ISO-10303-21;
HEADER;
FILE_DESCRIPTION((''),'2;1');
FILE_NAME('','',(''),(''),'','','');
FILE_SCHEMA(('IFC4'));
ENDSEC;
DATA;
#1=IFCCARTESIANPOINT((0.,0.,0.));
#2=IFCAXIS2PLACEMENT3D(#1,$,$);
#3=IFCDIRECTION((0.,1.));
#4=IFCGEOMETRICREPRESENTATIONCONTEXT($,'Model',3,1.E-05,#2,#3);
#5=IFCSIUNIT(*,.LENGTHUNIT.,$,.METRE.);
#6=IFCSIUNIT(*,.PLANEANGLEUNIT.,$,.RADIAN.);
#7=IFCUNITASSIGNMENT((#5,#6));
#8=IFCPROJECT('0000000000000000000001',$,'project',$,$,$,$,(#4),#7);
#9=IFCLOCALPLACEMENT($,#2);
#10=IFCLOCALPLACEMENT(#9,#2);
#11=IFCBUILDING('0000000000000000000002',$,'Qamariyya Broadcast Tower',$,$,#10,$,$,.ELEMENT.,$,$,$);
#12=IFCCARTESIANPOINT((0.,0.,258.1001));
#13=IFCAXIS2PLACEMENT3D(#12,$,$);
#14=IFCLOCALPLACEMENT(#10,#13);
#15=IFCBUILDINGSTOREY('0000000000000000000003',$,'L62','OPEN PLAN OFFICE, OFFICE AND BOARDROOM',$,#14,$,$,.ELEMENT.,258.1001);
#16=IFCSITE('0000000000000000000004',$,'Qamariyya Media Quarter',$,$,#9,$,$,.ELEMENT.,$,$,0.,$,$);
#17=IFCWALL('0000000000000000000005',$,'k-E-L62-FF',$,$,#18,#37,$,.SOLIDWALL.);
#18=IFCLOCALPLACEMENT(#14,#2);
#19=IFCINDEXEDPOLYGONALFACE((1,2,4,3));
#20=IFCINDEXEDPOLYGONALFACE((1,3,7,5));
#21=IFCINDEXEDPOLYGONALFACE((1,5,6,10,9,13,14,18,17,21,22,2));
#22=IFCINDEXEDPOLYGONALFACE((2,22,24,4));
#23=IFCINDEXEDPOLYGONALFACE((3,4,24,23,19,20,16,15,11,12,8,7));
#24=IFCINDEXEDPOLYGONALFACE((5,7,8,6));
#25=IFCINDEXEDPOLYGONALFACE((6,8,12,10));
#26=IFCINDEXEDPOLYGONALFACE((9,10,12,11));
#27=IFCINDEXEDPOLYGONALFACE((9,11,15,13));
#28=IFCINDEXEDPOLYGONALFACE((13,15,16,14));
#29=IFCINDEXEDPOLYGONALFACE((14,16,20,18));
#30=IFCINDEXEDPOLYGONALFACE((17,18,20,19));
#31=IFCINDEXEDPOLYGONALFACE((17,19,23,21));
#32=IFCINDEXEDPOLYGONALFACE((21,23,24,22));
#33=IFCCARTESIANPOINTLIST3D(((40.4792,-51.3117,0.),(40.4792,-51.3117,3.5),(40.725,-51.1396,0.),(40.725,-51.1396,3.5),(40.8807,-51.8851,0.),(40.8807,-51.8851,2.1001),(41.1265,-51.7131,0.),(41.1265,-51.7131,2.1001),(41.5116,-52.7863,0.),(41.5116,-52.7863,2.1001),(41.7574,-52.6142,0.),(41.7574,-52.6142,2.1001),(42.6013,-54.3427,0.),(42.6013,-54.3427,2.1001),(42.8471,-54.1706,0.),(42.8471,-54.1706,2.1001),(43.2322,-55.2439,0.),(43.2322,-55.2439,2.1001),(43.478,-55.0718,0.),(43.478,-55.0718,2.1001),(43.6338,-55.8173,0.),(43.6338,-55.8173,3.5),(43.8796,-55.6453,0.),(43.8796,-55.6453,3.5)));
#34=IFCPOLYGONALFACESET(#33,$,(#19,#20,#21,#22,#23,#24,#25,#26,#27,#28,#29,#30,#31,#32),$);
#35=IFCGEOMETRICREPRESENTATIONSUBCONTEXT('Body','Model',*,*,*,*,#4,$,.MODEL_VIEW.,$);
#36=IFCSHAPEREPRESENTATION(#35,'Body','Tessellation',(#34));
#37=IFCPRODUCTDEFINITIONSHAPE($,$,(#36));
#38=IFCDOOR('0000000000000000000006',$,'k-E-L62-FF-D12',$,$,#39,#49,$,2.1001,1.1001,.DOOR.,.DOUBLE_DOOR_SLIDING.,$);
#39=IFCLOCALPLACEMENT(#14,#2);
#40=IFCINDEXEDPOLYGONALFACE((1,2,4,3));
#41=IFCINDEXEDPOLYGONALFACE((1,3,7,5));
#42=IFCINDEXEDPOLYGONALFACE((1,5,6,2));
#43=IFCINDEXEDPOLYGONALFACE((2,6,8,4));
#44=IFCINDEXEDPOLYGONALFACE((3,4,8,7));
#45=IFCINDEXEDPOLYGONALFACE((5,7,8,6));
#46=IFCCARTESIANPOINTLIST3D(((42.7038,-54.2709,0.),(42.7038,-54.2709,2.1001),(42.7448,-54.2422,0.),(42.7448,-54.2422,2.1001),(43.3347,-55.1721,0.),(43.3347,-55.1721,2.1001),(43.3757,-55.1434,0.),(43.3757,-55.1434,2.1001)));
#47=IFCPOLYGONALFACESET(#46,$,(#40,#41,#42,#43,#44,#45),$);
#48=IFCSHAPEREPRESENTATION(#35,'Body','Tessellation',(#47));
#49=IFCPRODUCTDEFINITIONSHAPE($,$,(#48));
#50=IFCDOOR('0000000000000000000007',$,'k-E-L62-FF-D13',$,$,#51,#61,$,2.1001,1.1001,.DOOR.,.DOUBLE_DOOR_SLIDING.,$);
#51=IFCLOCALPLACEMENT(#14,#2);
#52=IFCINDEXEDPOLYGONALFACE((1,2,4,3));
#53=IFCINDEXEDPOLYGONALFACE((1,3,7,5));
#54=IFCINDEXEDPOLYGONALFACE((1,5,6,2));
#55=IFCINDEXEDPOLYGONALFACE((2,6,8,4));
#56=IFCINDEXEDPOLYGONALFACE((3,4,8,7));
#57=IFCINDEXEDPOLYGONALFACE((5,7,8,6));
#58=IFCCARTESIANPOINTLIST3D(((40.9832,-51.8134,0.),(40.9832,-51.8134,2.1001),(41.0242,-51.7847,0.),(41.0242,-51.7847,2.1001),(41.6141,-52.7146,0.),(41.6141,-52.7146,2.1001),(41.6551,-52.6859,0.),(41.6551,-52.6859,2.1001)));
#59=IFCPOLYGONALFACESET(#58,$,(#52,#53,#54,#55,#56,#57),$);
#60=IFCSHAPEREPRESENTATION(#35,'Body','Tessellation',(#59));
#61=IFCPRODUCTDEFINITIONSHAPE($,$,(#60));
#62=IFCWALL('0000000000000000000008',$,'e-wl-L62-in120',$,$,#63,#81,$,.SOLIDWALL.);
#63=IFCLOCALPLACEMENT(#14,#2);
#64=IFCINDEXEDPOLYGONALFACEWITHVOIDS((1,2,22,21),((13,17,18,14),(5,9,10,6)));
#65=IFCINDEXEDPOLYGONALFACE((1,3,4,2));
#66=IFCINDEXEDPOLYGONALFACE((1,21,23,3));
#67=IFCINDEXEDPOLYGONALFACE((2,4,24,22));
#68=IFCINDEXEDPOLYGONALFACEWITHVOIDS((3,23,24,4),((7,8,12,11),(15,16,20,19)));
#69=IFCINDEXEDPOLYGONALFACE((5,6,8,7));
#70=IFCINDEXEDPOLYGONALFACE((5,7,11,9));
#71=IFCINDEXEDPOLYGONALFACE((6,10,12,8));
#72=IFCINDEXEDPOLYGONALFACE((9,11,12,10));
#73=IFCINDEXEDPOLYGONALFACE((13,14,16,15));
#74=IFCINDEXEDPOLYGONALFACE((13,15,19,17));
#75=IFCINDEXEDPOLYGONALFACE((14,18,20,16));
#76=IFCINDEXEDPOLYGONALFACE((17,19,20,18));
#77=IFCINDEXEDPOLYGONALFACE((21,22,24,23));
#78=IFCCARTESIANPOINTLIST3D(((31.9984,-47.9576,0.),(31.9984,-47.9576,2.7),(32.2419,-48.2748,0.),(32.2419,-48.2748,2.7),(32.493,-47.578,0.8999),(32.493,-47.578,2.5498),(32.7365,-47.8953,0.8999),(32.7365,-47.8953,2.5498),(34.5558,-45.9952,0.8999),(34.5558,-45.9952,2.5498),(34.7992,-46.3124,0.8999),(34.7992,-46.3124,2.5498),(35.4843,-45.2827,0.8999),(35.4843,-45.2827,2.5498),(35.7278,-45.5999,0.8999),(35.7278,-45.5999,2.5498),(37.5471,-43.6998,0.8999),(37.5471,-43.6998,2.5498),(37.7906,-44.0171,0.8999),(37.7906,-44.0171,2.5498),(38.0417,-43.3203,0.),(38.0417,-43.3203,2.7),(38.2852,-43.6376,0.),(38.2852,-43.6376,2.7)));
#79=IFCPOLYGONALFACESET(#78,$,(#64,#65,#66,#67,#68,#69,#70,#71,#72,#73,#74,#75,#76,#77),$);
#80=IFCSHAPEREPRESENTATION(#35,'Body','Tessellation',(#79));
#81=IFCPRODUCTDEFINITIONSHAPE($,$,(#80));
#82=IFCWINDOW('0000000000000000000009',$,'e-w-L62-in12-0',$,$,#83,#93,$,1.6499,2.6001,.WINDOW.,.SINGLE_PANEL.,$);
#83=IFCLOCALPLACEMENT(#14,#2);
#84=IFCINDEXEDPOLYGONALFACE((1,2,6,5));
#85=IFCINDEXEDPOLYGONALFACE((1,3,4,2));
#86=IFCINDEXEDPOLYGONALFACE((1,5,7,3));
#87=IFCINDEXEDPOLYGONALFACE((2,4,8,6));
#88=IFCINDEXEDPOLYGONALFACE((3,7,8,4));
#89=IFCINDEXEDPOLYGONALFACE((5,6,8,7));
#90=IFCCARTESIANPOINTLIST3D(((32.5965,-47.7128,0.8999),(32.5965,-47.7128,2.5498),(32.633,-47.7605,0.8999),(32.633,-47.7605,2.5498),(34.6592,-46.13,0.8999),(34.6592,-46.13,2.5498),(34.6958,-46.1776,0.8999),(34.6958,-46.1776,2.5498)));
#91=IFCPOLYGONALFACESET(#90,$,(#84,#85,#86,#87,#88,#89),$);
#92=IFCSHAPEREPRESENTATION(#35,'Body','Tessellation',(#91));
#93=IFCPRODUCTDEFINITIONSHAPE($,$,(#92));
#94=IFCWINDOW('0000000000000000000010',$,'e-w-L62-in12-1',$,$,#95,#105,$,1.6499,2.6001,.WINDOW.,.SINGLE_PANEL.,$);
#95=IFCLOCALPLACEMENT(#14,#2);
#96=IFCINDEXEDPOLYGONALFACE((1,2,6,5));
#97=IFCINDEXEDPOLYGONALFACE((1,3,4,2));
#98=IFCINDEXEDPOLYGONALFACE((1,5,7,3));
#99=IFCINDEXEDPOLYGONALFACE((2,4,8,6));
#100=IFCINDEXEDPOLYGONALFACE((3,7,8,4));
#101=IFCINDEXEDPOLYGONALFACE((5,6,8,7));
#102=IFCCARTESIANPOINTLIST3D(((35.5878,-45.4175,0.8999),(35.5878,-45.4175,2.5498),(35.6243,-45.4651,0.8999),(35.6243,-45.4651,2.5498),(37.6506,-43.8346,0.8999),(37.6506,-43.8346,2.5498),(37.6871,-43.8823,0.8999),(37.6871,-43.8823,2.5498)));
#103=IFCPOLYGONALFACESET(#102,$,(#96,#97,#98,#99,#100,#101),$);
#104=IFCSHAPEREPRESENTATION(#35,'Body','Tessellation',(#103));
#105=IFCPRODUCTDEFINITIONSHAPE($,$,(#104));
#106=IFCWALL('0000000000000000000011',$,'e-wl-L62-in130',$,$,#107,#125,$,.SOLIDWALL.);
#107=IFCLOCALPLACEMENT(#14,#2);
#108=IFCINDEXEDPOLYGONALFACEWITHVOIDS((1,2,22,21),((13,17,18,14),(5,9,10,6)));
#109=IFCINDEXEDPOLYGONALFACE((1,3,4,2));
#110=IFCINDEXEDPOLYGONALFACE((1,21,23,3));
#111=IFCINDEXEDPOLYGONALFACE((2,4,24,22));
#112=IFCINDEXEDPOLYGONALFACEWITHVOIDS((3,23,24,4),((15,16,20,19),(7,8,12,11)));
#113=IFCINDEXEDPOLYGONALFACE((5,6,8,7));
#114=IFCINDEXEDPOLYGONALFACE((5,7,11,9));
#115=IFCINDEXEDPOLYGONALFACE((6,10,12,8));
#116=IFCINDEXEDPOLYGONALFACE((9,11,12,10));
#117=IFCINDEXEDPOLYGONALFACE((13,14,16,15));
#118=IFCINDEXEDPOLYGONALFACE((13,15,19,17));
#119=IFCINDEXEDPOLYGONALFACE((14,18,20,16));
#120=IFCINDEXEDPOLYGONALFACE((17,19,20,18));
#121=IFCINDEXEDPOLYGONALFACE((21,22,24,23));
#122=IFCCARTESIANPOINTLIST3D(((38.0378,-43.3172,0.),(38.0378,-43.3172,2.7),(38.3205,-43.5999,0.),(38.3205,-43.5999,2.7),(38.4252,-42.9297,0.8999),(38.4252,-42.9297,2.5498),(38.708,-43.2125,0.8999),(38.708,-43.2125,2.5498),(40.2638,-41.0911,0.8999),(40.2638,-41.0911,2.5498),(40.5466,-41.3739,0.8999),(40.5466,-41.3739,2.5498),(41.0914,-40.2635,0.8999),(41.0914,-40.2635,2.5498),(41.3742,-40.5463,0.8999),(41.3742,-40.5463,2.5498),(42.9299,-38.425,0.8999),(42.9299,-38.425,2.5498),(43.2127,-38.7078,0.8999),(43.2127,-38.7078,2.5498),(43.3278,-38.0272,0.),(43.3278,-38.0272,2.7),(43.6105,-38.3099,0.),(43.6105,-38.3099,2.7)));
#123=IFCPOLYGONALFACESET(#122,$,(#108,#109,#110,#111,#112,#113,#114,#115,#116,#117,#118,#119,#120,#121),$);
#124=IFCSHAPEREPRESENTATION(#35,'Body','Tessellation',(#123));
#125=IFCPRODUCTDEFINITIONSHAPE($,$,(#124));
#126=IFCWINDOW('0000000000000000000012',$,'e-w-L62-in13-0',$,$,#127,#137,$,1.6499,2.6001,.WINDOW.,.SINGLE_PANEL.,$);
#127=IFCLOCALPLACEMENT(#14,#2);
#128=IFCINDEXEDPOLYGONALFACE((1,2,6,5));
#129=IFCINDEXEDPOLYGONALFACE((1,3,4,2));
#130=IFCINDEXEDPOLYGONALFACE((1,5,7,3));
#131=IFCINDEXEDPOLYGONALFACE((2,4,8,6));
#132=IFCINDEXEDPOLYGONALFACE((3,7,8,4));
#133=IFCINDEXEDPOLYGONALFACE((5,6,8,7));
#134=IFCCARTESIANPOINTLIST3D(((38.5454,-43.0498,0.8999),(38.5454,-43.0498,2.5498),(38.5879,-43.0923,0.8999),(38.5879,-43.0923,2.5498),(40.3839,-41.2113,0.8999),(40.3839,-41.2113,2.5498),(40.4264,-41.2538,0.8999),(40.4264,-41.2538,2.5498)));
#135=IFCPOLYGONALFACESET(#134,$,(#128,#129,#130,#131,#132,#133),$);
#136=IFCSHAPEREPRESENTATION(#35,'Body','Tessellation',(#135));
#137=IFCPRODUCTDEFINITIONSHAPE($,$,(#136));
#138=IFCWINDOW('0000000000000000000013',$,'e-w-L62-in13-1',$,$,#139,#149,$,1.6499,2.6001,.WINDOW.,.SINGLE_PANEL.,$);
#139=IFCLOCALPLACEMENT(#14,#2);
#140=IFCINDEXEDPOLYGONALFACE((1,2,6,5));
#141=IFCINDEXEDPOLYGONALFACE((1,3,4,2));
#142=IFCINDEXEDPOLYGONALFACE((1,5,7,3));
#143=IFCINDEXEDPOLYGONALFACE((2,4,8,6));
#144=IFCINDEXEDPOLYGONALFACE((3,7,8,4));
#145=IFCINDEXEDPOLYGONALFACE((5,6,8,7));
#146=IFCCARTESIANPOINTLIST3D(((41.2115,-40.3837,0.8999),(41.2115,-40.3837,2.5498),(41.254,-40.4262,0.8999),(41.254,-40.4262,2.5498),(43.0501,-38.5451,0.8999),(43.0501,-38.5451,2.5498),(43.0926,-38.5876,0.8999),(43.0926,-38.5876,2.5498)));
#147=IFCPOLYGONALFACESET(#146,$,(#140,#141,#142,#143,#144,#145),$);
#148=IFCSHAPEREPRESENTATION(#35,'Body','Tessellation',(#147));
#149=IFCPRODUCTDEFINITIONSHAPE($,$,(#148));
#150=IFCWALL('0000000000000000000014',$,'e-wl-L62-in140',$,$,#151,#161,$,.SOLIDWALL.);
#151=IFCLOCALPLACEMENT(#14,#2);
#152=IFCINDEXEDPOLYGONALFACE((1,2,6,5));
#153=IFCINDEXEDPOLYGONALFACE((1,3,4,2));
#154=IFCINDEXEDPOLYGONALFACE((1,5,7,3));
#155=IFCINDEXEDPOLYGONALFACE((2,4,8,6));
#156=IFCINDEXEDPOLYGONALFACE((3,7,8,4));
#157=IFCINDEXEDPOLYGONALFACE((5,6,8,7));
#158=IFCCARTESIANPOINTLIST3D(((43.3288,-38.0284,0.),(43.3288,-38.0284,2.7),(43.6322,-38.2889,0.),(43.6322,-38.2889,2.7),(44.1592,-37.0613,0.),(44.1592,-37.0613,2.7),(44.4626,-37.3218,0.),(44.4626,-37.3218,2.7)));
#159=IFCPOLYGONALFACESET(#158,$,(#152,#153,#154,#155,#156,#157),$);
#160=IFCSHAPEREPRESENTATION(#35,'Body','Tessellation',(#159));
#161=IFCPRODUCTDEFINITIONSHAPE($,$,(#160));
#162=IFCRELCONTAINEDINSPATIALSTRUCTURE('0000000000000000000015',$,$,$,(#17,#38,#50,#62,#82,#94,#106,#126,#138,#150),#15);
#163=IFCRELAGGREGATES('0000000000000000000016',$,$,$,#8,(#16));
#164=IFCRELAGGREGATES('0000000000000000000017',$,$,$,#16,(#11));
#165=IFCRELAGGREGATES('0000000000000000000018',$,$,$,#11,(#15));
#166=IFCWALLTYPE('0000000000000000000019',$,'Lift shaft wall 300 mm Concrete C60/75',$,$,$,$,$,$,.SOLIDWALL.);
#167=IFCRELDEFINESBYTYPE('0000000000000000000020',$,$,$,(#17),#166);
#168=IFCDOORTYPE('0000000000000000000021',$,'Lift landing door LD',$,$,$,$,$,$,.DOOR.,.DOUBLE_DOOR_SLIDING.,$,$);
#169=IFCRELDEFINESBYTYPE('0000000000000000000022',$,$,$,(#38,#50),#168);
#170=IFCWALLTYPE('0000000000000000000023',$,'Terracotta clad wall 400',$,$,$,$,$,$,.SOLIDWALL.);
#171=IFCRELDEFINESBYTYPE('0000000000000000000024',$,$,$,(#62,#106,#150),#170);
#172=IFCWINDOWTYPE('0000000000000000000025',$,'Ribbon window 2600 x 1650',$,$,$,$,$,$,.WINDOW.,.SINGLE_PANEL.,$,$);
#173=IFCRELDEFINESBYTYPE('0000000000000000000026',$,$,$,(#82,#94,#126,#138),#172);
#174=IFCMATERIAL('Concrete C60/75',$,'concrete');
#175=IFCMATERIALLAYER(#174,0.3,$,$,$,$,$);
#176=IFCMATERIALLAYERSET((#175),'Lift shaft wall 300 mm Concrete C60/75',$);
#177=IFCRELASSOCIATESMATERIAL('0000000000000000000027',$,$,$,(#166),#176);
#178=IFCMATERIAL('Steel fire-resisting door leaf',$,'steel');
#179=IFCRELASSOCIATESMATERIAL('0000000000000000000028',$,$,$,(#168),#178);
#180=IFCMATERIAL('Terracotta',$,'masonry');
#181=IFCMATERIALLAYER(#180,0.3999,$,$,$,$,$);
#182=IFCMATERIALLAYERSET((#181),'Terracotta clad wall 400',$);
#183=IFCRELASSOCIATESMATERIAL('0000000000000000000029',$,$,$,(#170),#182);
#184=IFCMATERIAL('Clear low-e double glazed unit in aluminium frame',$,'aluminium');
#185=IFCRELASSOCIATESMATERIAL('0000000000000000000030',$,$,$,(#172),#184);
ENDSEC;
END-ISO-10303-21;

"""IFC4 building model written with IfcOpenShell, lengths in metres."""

from ifc_helpers import new_model, si_unit, direction, frame, frame_2d, origin, place, context, subcontext, project, spatial, rectangle, extrude, material, layer, layer_set, type_object, element, fill, save


model = new_model("IFC4")

# Units and contexts
model_context = context("Model", 3, precision=1e-05, world=origin(), true_north=direction((0.0, 1.0)))
body_context = subcontext(model_context, "Body", "Model", "MODEL_VIEW")
ifc_project = project(units=[si_unit("LENGTHUNIT", "METRE"), si_unit("PLANEANGLEUNIT", "RADIAN")], contexts=[model_context])

# Site, building, storey
site_placement = place(None, origin())
site = spatial("IfcSite", under=ifc_project, at=site_placement, Name="Qamariyya Media Quarter", CompositionType="ELEMENT", RefElevation=0.0)
building_placement = place(site_placement, origin())
building = spatial("IfcBuilding", under=site, at=building_placement, Name="Qamariyya Broadcast Tower", CompositionType="ELEMENT")
storey_placement = place(building_placement, frame((0.0, 0.0, 258.1001)))
storey = spatial("IfcBuildingStorey", under=building, at=storey_placement, Name="L62", Description="OPEN PLAN OFFICE, OFFICE AND BOARDROOM", CompositionType="ELEMENT", Elevation=258.1001)

# Shared definitions
ifc_material_1 = material(Name="Concrete C60/75", Category="concrete")

# Shared definitions
ifc_layer_1 = layer(ifc_material_1, 0.3)
ifc_layer_set_1 = layer_set([ifc_layer_1], Name="Lift shaft wall 300 mm Concrete C60/75")
wall_type_1 = type_object("IfcWallType", Name="Lift shaft wall 300 mm Concrete C60/75", PredefinedType="SOLIDWALL", material=ifc_layer_set_1)
ifc_material_2 = material(Name="Steel fire-resisting door leaf", Category="steel")

# Wall, openings, doors
wall_1_placement = place(storey_placement, frame((43.7566, -55.7312, 0.0), z_axis=(0.0, 0.0, 1.0), x_axis=(-0.573537, 0.81918, 0.0)))
wall_1 = element("IfcWall", 1, at=wall_1_placement, inside=storey, type_object=wall_type_1, Name="k-E-L62-FF", PredefinedType="SOLIDWALL", context=body_context, shape_type="SweptSolid", body=[
    extrude(rectangle(XDim=5.5002, YDim=0.3, at=frame_2d((2.75, 0.0))), origin(), (0.0, 0.0, 1.0), 3.5),
])
opening_1_placement = place(wall_1_placement, frame((0.7, 0.0, 0.0)))
opening_1 = element("IfcOpeningElement", 2, at=opening_1_placement, cuts=wall_1, PredefinedType="OPENING", context=body_context, shape_type="SweptSolid", body=[
    extrude(rectangle(XDim=1.1001, YDim=2.1001, at=frame_2d((0.55, 1.05))), frame((0.0, 0.1599, 0.0), z_axis=(0.0, -1.0, 0.0), x_axis=(1.0, 0.0, 0.0)), (0.0, 0.0, 1.0), 0.3201),
])
opening_2_placement = place(wall_1_placement, frame((3.7, 0.0, 0.0)))
opening_2 = element("IfcOpeningElement", 3, at=opening_2_placement, cuts=wall_1, PredefinedType="OPENING", context=body_context, shape_type="SweptSolid", body=[
    extrude(rectangle(XDim=1.1001, YDim=2.1001, at=frame_2d((0.55, 1.05))), frame((0.0, 0.1599, 0.0), z_axis=(0.0, -1.0, 0.0), x_axis=(1.0, 0.0, 0.0)), (0.0, 0.0, 1.0), 0.3201),
])
door_type_1 = type_object("IfcDoorType", Name="Lift landing door LD", OperationType="DOUBLE_DOOR_SLIDING", PredefinedType="DOOR", material=ifc_material_2)
door_1_placement = place(opening_1_placement, origin())
door_1 = element("IfcDoor", 4, at=door_1_placement, inside=storey, type_object=door_type_1, Name="k-E-L62-FF-D12", OperationType="DOUBLE_DOOR_SLIDING", OverallHeight=2.1001, OverallWidth=1.1001, PredefinedType="DOOR", context=body_context, shape_type="SweptSolid", body=[
    extrude(rectangle(XDim=1.1001, YDim=2.1001, at=frame_2d((0.55, 1.05))), frame((0.0, 0.0249, 0.0), z_axis=(0.0, -1.0, 0.0), x_axis=(1.0, 0.0, 0.0)), (0.0, 0.0, 1.0), 0.05),
])
fill(opening_1, door_1)
door_2_placement = place(opening_2_placement, origin())
door_2 = element("IfcDoor", 5, at=door_2_placement, inside=storey, type_object=door_type_1, Name="k-E-L62-FF-D13", OperationType="DOUBLE_DOOR_SLIDING", OverallHeight=2.1001, OverallWidth=1.1001, PredefinedType="DOOR", context=body_context, shape_type="SweptSolid", body=[
    extrude(rectangle(XDim=1.1001, YDim=2.1001, at=frame_2d((0.55, 1.05))), frame((0.0, 0.0249, 0.0), z_axis=(0.0, -1.0, 0.0), x_axis=(1.0, 0.0, 0.0)), (0.0, 0.0, 1.0), 0.05),
])
fill(opening_2, door_2)

# Walls, openings, windows
ifc_material_3 = material(Name="Terracotta", Category="masonry")
ifc_layer_2 = layer(ifc_material_3, 0.3999)
ifc_layer_set_2 = layer_set([ifc_layer_2], Name="Terracotta clad wall 400")
wall_type_2 = type_object("IfcWallType", Name="Terracotta clad wall 400", PredefinedType="SOLIDWALL", material=ifc_layer_set_2)
wall_2_placement = place(storey_placement, frame((38.1633, -43.479, 0.0), z_axis=(0.0, 0.0, 1.0), x_axis=(-0.793348, -0.608769, 0.0)))
wall_2 = element("IfcWall", 6, at=wall_2_placement, inside=storey, type_object=wall_type_2, Name="e-wl-L62-in120", PredefinedType="SOLIDWALL", context=body_context, shape_type="SweptSolid", body=[
    extrude(rectangle(XDim=7.6174, YDim=0.3999, at=frame_2d((3.8086, 0.0))), origin(), (0.0, 0.0, 1.0), 2.7),
])
opening_3_placement = place(wall_2_placement, frame((4.3938, 0.0, 0.8999)))
opening_3 = element("IfcOpeningElement", 7, at=opening_3_placement, cuts=wall_2, PredefinedType="OPENING", context=body_context, shape_type="SweptSolid", body=[
    extrude(rectangle(XDim=2.6001, YDim=1.6499, at=frame_2d((1.3, 0.825))), frame((0.0, 0.21, 0.0), z_axis=(0.0, -1.0, 0.0), x_axis=(1.0, 0.0, 0.0)), (0.0, 0.0, 1.0), 0.4199),
])
opening_4_placement = place(wall_2_placement, frame((0.6233, 0.0, 0.8999)))
opening_4 = element("IfcOpeningElement", 8, at=opening_4_placement, cuts=wall_2, PredefinedType="OPENING", context=body_context, shape_type="SweptSolid", body=[
    extrude(rectangle(XDim=2.6001, YDim=1.6499, at=frame_2d((1.3, 0.825))), frame((0.0, 0.21, 0.0), z_axis=(0.0, -1.0, 0.0), x_axis=(1.0, 0.0, 0.0)), (0.0, 0.0, 1.0), 0.4199),
])
ifc_material_4 = material(Name="Clear low-e double glazed unit in aluminium frame", Category="aluminium")
window_type = type_object("IfcWindowType", Name="Ribbon window 2600 x 1650", PartitioningType="SINGLE_PANEL", PredefinedType="WINDOW", material=ifc_material_4)
window_1_placement = place(opening_3_placement, origin())
window_1 = element("IfcWindow", 9, at=window_1_placement, inside=storey, type_object=window_type, Name="e-w-L62-in12-0", OverallHeight=1.6499, OverallWidth=2.6001, PartitioningType="SINGLE_PANEL", PredefinedType="WINDOW", context=body_context, shape_type="SweptSolid", body=[
    extrude(rectangle(XDim=2.6001, YDim=1.6499, at=frame_2d((1.3, 0.825))), frame((0.0, 0.03, 0.0), z_axis=(0.0, -1.0, 0.0), x_axis=(1.0, 0.0, 0.0)), (0.0, 0.0, 1.0), 0.0601),
])
fill(opening_3, window_1)
window_2_placement = place(opening_4_placement, origin())
window_2 = element("IfcWindow", 10, at=window_2_placement, inside=storey, type_object=window_type, Name="e-w-L62-in12-1", OverallHeight=1.6499, OverallWidth=2.6001, PartitioningType="SINGLE_PANEL", PredefinedType="WINDOW", context=body_context, shape_type="SweptSolid", body=[
    extrude(rectangle(XDim=2.6001, YDim=1.6499, at=frame_2d((1.3, 0.825))), frame((0.0, 0.03, 0.0), z_axis=(0.0, -1.0, 0.0), x_axis=(1.0, 0.0, 0.0)), (0.0, 0.0, 1.0), 0.0601),
])
fill(opening_4, window_2)
wall_3_placement = place(storey_placement, frame((43.4692, -38.1685, 0.0), z_axis=(0.0, 0.0, 1.0), x_axis=(-0.707107, -0.707107, 0.0)))
wall_3 = element("IfcWall", 11, at=wall_3_placement, inside=storey, type_object=wall_type_2, Name="e-wl-L62-in130", PredefinedType="SOLIDWALL", context=body_context, shape_type="SweptSolid", body=[
    extrude(rectangle(XDim=7.4812, YDim=0.3999, at=frame_2d((3.7407, 0.0))), origin(), (0.0, 0.0, 1.0), 2.7),
])
opening_5_placement = place(wall_3_placement, frame((4.3333, 0.0, 0.8999)))
opening_5 = element("IfcOpeningElement", 12, at=opening_5_placement, cuts=wall_3, PredefinedType="OPENING", context=body_context, shape_type="SweptSolid", body=[
    extrude(rectangle(XDim=2.6001, YDim=1.6499, at=frame_2d((1.3, 0.825))), frame((0.0, 0.21, 0.0), z_axis=(0.0, -1.0, 0.0), x_axis=(1.0, 0.0, 0.0)), (0.0, 0.0, 1.0), 0.4199),
])
opening_6_placement = place(wall_3_placement, frame((0.5627, 0.0, 0.8999)))
opening_6 = element("IfcOpeningElement", 13, at=opening_6_placement, cuts=wall_3, PredefinedType="OPENING", context=body_context, shape_type="SweptSolid", body=[
    extrude(rectangle(XDim=2.6001, YDim=1.6499, at=frame_2d((1.3, 0.825))), frame((0.0, 0.21, 0.0), z_axis=(0.0, -1.0, 0.0), x_axis=(1.0, 0.0, 0.0)), (0.0, 0.0, 1.0), 0.4199),
])
window_3_placement = place(opening_5_placement, origin())
window_3 = element("IfcWindow", 14, at=window_3_placement, inside=storey, type_object=window_type, Name="e-w-L62-in13-0", OverallHeight=1.6499, OverallWidth=2.6001, PartitioningType="SINGLE_PANEL", PredefinedType="WINDOW", context=body_context, shape_type="SweptSolid", body=[
    extrude(rectangle(XDim=2.6001, YDim=1.6499, at=frame_2d((1.3, 0.825))), frame((0.0, 0.03, 0.0), z_axis=(0.0, -1.0, 0.0), x_axis=(1.0, 0.0, 0.0)), (0.0, 0.0, 1.0), 0.0601),
])
fill(opening_5, window_3)
window_4_placement = place(opening_6_placement, origin())
window_4 = element("IfcWindow", 15, at=window_4_placement, inside=storey, type_object=window_type, Name="e-w-L62-in13-1", OverallHeight=1.6499, OverallWidth=2.6001, PartitioningType="SINGLE_PANEL", PredefinedType="WINDOW", context=body_context, shape_type="SweptSolid", body=[
    extrude(rectangle(XDim=2.6001, YDim=1.6499, at=frame_2d((1.3, 0.825))), frame((0.0, 0.03, 0.0), z_axis=(0.0, -1.0, 0.0), x_axis=(1.0, 0.0, 0.0)), (0.0, 0.0, 1.0), 0.0601),
])
fill(opening_6, window_4)

# Wall
wall_4_placement = place(storey_placement, frame((44.3108, -37.1917, 0.0), z_axis=(0.0, 0.0, 1.0), x_axis=(-0.651438, -0.758702, 0.0)))
element("IfcWall", 16, at=wall_4_placement, inside=storey, type_object=wall_type_2, Name="e-wl-L62-in140", PredefinedType="SOLIDWALL", context=body_context, shape_type="SweptSolid", body=[
    extrude(rectangle(XDim=1.2747, YDim=0.3999, at=frame_2d((0.6372, 0.0))), origin(), (0.0, 0.0, 1.0), 2.7),
])

save(model, "model.ifc")
